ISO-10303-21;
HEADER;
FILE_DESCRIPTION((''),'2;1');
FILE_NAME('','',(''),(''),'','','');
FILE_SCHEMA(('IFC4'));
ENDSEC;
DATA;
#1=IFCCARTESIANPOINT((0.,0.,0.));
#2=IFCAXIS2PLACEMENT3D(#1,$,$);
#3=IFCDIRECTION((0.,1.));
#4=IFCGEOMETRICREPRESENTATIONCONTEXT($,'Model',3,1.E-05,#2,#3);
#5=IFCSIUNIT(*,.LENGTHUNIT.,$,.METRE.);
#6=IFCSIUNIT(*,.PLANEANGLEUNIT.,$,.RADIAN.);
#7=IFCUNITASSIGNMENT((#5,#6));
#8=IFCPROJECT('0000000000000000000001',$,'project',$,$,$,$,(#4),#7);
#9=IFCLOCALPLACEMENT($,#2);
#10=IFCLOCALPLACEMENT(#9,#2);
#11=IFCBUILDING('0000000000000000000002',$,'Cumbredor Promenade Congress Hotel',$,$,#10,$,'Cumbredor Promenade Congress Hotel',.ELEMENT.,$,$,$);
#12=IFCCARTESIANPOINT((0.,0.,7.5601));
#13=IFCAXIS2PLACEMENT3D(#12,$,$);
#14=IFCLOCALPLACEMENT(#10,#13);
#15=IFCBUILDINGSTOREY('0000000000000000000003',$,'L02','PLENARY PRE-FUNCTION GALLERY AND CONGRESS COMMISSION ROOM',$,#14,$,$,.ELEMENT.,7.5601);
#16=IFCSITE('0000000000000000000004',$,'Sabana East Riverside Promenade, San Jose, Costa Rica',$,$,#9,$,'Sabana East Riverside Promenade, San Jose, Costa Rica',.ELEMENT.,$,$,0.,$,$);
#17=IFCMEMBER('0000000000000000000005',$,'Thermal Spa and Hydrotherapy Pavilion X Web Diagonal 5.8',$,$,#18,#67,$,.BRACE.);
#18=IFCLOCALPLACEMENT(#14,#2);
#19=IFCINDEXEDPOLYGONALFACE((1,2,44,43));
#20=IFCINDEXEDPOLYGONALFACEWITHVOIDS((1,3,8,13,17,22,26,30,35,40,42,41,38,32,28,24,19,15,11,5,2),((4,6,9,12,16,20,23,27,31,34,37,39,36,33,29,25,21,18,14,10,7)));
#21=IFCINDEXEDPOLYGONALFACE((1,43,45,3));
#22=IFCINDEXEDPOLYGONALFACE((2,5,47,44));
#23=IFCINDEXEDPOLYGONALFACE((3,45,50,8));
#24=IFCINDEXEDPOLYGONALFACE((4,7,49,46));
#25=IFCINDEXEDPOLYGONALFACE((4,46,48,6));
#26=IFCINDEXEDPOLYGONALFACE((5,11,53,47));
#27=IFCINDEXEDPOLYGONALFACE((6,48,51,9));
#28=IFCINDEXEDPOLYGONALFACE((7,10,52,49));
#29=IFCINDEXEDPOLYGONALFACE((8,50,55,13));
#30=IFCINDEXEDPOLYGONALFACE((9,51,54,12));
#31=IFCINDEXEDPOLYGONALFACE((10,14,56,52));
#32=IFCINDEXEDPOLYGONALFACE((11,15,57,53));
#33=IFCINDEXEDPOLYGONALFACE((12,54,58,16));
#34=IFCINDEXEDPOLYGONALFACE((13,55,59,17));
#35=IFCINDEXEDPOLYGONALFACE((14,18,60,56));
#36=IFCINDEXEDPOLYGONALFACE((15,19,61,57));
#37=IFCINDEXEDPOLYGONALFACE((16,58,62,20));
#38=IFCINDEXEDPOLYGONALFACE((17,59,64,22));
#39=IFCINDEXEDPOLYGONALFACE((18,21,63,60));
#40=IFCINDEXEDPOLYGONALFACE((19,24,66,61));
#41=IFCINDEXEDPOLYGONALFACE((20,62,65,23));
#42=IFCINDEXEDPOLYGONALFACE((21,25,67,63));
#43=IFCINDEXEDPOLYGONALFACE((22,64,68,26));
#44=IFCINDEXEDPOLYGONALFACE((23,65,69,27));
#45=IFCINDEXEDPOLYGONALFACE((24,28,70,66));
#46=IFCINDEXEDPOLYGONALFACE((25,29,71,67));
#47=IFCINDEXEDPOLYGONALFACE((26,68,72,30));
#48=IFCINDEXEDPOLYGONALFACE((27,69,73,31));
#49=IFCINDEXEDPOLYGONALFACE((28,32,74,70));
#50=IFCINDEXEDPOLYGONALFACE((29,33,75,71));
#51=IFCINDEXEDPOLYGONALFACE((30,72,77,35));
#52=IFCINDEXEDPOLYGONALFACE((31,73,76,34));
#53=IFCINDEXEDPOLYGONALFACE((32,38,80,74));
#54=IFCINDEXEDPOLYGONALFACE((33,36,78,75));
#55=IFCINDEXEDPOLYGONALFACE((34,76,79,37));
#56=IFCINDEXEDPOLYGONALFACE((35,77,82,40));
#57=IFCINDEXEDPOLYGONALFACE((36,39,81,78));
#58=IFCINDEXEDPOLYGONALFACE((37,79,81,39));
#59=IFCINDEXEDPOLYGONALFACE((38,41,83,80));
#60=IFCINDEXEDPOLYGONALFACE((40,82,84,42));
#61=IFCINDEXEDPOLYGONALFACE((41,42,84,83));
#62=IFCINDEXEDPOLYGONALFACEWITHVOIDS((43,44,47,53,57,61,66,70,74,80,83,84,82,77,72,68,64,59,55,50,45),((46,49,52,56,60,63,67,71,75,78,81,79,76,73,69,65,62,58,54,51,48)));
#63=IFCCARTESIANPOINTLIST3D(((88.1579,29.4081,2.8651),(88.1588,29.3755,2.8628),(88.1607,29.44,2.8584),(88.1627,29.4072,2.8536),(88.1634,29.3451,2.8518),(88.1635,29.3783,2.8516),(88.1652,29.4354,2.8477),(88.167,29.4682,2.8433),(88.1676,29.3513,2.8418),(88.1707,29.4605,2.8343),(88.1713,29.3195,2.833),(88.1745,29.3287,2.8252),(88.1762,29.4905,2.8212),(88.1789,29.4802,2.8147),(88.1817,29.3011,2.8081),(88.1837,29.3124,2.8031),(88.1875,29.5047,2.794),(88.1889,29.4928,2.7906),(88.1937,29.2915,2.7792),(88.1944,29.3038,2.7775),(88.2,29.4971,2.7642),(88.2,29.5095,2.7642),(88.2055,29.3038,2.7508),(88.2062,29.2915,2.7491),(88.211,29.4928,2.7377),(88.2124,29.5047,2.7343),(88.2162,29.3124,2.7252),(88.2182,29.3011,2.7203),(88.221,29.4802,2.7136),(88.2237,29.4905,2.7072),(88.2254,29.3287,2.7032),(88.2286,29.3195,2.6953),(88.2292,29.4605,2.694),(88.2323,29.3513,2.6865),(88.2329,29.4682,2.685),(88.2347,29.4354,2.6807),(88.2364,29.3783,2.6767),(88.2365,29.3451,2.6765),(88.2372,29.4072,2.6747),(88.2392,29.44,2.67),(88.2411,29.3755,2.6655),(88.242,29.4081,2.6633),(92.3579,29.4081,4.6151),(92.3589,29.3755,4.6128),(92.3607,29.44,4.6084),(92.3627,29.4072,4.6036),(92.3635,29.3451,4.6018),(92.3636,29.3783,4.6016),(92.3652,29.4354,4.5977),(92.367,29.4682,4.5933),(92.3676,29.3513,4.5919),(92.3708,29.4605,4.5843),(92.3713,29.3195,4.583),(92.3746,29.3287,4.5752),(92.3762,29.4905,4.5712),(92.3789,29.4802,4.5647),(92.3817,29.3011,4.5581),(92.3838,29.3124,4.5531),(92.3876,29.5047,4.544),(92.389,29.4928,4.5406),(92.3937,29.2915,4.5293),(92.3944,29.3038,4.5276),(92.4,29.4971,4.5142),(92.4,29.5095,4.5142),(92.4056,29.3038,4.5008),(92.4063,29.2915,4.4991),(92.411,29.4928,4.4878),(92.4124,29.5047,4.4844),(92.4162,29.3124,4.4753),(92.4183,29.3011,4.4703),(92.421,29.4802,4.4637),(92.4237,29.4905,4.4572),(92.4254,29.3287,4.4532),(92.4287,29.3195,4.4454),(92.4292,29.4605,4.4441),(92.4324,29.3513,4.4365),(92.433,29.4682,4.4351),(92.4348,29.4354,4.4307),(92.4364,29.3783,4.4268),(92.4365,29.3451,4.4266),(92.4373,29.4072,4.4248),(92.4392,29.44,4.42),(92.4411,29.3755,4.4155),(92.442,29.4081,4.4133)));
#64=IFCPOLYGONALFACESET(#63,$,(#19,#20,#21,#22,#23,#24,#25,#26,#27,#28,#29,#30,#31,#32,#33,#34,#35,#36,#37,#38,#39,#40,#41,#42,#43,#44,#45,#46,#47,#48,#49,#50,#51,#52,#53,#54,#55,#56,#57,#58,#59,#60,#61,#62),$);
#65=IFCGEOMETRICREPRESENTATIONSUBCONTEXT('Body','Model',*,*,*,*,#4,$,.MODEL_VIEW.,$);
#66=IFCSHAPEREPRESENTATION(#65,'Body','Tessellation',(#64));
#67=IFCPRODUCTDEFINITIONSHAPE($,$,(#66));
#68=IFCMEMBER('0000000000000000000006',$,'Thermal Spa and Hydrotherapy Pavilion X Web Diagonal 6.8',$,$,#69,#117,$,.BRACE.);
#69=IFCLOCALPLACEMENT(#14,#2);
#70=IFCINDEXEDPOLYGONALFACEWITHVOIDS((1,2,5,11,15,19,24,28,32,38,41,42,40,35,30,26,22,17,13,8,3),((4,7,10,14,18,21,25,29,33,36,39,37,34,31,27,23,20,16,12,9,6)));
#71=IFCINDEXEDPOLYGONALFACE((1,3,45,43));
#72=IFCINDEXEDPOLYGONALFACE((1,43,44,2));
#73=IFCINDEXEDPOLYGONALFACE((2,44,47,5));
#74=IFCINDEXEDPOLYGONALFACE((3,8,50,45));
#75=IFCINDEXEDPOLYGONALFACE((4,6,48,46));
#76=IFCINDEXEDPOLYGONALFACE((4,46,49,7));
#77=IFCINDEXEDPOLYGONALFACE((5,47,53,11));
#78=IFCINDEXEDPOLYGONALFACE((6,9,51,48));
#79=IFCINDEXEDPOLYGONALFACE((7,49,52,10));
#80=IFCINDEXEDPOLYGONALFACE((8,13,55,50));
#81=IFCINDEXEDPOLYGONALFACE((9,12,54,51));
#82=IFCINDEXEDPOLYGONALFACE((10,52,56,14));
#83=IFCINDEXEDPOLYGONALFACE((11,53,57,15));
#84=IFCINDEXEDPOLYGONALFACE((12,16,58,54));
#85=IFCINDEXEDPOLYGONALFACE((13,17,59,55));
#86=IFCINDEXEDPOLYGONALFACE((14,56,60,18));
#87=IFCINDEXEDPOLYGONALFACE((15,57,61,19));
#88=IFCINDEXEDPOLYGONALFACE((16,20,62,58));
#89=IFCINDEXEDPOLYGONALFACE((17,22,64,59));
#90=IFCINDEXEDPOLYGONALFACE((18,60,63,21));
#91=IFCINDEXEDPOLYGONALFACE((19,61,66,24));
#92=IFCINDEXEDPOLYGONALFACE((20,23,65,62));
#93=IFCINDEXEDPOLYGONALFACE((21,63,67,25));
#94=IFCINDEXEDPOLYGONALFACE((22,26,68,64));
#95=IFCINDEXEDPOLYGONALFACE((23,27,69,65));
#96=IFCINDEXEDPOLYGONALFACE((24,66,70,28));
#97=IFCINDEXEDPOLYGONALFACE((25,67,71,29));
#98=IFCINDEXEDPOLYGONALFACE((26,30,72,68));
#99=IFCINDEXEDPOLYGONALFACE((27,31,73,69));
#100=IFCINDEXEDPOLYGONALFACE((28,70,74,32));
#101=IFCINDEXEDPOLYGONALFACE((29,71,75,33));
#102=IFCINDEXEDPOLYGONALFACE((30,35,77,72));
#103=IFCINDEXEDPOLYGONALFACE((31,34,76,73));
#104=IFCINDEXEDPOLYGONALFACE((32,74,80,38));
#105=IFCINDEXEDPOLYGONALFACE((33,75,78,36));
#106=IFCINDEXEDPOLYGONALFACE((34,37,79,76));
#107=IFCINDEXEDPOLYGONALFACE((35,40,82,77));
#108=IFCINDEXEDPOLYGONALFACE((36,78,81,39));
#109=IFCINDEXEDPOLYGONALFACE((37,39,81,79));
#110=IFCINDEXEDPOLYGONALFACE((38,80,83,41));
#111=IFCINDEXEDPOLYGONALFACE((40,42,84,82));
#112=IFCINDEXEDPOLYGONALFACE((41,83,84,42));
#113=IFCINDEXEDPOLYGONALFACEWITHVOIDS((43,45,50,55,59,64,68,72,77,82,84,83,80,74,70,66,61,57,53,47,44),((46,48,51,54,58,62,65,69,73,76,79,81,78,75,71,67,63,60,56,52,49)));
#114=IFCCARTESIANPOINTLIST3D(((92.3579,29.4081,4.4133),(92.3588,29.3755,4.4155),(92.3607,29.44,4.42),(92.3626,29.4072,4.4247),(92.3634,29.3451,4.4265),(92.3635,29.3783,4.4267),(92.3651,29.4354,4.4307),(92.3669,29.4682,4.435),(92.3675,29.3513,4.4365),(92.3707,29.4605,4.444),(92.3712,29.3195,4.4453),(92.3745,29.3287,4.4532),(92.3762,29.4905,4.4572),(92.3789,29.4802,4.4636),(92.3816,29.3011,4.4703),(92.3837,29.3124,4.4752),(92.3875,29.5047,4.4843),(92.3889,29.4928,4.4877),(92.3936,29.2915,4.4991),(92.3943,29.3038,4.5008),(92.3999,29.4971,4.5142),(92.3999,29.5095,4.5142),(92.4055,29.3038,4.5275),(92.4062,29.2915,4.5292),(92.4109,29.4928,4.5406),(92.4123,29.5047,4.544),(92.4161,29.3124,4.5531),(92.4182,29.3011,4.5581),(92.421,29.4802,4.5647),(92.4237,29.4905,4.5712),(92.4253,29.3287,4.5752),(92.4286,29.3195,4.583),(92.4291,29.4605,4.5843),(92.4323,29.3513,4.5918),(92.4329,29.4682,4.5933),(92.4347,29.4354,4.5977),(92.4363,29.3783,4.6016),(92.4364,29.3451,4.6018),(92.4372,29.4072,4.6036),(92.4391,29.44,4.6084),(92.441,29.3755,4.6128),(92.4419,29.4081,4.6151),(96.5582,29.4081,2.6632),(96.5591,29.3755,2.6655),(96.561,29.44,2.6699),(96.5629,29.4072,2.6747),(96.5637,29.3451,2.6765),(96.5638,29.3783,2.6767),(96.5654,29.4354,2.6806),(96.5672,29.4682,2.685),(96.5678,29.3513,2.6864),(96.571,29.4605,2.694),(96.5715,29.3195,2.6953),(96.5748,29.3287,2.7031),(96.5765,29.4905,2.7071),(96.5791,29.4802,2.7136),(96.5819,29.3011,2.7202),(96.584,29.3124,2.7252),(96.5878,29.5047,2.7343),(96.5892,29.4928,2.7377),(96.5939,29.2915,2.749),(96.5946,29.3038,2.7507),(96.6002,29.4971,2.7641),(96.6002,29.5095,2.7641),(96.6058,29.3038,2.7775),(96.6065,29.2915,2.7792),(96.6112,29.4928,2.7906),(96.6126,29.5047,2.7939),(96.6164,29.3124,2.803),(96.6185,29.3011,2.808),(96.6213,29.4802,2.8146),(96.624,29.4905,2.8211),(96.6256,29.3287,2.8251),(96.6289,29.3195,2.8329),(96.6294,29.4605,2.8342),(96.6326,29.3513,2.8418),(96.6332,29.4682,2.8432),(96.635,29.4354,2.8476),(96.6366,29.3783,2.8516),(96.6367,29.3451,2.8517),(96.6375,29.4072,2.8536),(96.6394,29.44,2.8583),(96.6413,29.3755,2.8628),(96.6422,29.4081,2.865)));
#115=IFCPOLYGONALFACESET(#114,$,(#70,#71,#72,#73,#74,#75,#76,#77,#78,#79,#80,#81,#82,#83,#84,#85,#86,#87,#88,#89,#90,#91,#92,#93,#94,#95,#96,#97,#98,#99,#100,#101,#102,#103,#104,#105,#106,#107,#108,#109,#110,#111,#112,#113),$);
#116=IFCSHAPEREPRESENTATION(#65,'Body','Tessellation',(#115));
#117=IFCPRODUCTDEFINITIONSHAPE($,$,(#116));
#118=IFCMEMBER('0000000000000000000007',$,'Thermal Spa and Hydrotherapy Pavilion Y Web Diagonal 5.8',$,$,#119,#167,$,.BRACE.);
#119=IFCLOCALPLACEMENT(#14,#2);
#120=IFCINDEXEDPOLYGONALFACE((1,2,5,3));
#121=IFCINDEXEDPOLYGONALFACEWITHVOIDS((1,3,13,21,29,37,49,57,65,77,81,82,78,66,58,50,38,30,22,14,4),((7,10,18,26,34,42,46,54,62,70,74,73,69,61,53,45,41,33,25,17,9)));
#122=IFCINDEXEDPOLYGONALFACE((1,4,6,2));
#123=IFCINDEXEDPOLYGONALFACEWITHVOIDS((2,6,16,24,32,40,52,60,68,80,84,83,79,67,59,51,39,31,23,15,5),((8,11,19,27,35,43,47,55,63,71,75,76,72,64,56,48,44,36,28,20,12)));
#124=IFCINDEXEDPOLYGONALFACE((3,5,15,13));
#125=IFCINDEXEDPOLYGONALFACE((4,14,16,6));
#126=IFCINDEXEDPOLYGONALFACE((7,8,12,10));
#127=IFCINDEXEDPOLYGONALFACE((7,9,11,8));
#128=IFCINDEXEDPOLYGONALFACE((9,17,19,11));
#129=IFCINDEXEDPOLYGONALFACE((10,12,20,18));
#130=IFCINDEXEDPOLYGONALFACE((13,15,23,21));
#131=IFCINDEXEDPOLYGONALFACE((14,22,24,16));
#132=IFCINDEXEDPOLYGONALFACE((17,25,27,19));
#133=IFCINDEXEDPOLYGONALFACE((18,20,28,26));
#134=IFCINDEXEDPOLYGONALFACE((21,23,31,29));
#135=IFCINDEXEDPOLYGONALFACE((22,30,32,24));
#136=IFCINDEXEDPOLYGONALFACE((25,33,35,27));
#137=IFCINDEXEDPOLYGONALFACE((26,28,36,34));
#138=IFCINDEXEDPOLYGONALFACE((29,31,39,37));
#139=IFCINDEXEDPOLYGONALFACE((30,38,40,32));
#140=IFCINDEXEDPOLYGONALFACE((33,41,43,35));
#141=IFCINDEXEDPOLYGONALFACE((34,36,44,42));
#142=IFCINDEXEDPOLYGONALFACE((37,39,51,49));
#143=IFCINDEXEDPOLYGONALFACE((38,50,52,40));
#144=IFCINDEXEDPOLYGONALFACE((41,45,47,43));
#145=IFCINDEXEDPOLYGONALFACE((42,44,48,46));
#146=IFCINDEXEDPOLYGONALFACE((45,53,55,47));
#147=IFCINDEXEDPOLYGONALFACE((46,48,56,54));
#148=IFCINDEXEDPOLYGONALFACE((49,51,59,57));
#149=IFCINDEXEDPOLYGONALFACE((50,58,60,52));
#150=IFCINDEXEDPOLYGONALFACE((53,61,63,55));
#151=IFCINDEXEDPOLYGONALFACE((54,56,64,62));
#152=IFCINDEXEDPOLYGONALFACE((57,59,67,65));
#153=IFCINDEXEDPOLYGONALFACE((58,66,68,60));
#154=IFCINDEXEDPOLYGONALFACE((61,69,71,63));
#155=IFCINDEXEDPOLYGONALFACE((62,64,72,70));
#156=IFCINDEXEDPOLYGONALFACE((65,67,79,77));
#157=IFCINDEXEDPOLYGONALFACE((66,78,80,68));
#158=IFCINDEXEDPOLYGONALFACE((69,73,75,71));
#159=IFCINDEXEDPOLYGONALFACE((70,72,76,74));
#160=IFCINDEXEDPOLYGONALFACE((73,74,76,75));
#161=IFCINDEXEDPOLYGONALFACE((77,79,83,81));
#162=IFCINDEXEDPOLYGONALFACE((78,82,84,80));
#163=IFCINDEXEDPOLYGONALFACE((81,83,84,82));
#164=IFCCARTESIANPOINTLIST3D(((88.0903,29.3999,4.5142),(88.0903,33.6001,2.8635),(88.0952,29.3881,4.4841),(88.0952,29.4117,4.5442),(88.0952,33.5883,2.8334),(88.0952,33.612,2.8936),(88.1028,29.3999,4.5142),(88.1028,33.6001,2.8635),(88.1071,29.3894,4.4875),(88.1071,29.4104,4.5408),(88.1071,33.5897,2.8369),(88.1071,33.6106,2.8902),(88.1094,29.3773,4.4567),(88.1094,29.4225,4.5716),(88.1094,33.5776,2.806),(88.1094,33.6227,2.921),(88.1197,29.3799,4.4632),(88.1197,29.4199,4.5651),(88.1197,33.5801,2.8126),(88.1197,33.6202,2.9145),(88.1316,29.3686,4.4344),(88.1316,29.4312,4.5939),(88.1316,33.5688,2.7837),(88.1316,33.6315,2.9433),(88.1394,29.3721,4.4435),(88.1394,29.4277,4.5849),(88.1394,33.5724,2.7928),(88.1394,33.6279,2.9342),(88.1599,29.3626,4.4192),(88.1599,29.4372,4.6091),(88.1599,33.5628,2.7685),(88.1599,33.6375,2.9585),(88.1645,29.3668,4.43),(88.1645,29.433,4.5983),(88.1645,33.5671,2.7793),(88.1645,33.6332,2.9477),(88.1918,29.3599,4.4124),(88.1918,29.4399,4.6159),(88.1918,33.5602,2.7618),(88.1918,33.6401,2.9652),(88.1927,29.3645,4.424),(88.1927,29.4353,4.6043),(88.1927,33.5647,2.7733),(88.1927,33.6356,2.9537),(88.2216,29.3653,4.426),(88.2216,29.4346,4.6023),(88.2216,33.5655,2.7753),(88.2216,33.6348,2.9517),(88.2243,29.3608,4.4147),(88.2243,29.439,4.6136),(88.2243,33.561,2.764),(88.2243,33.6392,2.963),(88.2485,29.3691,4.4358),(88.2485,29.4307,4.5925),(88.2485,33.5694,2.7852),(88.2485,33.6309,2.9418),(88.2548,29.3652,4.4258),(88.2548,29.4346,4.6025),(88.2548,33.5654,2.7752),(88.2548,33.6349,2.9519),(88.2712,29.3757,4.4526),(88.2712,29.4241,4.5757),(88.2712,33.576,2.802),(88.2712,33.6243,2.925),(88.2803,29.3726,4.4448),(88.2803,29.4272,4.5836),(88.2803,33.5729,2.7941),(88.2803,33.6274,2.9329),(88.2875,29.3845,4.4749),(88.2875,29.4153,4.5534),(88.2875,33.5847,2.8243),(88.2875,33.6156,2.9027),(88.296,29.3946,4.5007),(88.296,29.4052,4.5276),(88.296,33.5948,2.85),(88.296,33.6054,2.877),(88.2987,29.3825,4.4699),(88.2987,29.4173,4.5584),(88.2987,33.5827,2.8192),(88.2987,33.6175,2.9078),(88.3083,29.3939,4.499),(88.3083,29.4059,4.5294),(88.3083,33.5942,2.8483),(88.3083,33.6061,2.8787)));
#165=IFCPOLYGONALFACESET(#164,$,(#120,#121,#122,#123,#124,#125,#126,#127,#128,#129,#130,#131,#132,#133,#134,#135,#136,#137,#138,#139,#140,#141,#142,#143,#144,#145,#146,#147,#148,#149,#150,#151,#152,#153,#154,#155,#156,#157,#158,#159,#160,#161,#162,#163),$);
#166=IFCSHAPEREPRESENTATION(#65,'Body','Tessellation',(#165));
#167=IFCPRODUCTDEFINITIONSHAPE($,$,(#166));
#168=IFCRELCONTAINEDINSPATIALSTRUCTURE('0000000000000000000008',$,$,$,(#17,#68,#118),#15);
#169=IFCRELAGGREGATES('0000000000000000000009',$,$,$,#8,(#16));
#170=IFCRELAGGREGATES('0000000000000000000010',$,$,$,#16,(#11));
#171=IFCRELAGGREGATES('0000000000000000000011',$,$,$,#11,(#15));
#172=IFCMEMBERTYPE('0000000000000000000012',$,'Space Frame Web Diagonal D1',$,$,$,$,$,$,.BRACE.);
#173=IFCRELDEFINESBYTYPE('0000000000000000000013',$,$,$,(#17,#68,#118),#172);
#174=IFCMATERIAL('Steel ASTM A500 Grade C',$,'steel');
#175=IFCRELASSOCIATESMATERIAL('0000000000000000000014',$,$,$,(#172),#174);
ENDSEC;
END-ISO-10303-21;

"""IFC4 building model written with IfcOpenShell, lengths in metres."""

from ifc_helpers import new_model, si_unit, direction, frame, origin, origin_2d, place, context, subcontext, project, spatial, hollow_circle, extrude, material, material_profile, profile_set, type_object, element, save


model = new_model("IFC4")

# Units and contexts
model_context = context("Model", 3, precision=1e-05, world=origin(), true_north=direction((0.0, 1.0)))
body_context = subcontext(model_context, "Body", "Model", "MODEL_VIEW")
ifc_project = project(units=[si_unit("LENGTHUNIT", "METRE"), si_unit("PLANEANGLEUNIT", "RADIAN")], contexts=[model_context])

# Site, building, storey
site_placement = place(None, origin())
site = spatial("IfcSite", under=ifc_project, at=site_placement, Name="Sabana East Riverside Promenade, San Jose, Costa Rica", LongName="Sabana East Riverside Promenade, San Jose, Costa Rica", CompositionType="ELEMENT", RefElevation=0.0)
building_placement = place(site_placement, origin())
building = spatial("IfcBuilding", under=site, at=building_placement, Name="Cumbredor Promenade Congress Hotel", LongName="Cumbredor Promenade Congress Hotel", CompositionType="ELEMENT")
storey_placement = place(building_placement, frame((0.0, 0.0, 7.5601)))
storey = spatial("IfcBuildingStorey", under=building, at=storey_placement, Name="L02", Description="PLENARY PRE-FUNCTION GALLERY AND CONGRESS COMMISSION ROOM", CompositionType="ELEMENT", Elevation=7.5601)

# Members
ifc_material_1 = material(Name="Steel ASTM A500 Grade C", Category="steel")
ifc_material_profile_1 = material_profile(ifc_material_1, hollow_circle(Radius=0.1096, WallThickness=0.0125, at=origin_2d()), Name="CHS 219.1x12.5")
ifc_profile_set_1 = profile_set([ifc_material_profile_1], Name="Steel ASTM A500 Grade C")
member_type_1 = type_object("IfcMemberType", Name="Space Frame Web Diagonal D1", PredefinedType="BRACE", material=ifc_profile_set_1)
member_1_placement = place(storey_placement, frame((88.2, 29.3999, 2.7642), z_axis=(0.923075, 0.0, 0.384619), x_axis=(0.0, 1.0, 0.0)))
element("IfcMember", 1, at=member_1_placement, inside=storey, type_object=member_type_1, Name="Thermal Spa and Hydrotherapy Pavilion X Web Diagonal 5.8", PredefinedType="BRACE", context=body_context, shape_type="SweptSolid", body=[
    extrude(hollow_circle(Radius=0.1096, WallThickness=0.0125, at=origin_2d()), origin(), (0.0, 0.0, 1.0), 4.55),
])
member_2_placement = place(storey_placement, frame((92.3999, 29.3999, 4.5142), z_axis=(0.923083, 0.0, -0.3846), x_axis=(0.0, 1.0, 0.0)))
element("IfcMember", 2, at=member_2_placement, inside=storey, type_object=member_type_1, Name="Thermal Spa and Hydrotherapy Pavilion X Web Diagonal 6.8", PredefinedType="BRACE", context=body_context, shape_type="SweptSolid", body=[
    extrude(hollow_circle(Radius=0.1096, WallThickness=0.0125, at=origin_2d()), origin(), (0.0, 0.0, 1.0), 4.5503),
])
member_3_placement = place(storey_placement, frame((88.2, 29.3999, 4.5142), z_axis=(0.0, 0.930709, -0.365759), x_axis=(-1.0, 0.0, 0.0)))
element("IfcMember", 3, at=member_3_placement, inside=storey, type_object=member_type_1, Name="Thermal Spa and Hydrotherapy Pavilion Y Web Diagonal 5.8", PredefinedType="BRACE", context=body_context, shape_type="SweptSolid", body=[
    extrude(hollow_circle(Radius=0.1096, WallThickness=0.0125, at=origin_2d()), origin(), (0.0, 0.0, 1.0), 4.5129),
])

save(model, "model.ifc")
